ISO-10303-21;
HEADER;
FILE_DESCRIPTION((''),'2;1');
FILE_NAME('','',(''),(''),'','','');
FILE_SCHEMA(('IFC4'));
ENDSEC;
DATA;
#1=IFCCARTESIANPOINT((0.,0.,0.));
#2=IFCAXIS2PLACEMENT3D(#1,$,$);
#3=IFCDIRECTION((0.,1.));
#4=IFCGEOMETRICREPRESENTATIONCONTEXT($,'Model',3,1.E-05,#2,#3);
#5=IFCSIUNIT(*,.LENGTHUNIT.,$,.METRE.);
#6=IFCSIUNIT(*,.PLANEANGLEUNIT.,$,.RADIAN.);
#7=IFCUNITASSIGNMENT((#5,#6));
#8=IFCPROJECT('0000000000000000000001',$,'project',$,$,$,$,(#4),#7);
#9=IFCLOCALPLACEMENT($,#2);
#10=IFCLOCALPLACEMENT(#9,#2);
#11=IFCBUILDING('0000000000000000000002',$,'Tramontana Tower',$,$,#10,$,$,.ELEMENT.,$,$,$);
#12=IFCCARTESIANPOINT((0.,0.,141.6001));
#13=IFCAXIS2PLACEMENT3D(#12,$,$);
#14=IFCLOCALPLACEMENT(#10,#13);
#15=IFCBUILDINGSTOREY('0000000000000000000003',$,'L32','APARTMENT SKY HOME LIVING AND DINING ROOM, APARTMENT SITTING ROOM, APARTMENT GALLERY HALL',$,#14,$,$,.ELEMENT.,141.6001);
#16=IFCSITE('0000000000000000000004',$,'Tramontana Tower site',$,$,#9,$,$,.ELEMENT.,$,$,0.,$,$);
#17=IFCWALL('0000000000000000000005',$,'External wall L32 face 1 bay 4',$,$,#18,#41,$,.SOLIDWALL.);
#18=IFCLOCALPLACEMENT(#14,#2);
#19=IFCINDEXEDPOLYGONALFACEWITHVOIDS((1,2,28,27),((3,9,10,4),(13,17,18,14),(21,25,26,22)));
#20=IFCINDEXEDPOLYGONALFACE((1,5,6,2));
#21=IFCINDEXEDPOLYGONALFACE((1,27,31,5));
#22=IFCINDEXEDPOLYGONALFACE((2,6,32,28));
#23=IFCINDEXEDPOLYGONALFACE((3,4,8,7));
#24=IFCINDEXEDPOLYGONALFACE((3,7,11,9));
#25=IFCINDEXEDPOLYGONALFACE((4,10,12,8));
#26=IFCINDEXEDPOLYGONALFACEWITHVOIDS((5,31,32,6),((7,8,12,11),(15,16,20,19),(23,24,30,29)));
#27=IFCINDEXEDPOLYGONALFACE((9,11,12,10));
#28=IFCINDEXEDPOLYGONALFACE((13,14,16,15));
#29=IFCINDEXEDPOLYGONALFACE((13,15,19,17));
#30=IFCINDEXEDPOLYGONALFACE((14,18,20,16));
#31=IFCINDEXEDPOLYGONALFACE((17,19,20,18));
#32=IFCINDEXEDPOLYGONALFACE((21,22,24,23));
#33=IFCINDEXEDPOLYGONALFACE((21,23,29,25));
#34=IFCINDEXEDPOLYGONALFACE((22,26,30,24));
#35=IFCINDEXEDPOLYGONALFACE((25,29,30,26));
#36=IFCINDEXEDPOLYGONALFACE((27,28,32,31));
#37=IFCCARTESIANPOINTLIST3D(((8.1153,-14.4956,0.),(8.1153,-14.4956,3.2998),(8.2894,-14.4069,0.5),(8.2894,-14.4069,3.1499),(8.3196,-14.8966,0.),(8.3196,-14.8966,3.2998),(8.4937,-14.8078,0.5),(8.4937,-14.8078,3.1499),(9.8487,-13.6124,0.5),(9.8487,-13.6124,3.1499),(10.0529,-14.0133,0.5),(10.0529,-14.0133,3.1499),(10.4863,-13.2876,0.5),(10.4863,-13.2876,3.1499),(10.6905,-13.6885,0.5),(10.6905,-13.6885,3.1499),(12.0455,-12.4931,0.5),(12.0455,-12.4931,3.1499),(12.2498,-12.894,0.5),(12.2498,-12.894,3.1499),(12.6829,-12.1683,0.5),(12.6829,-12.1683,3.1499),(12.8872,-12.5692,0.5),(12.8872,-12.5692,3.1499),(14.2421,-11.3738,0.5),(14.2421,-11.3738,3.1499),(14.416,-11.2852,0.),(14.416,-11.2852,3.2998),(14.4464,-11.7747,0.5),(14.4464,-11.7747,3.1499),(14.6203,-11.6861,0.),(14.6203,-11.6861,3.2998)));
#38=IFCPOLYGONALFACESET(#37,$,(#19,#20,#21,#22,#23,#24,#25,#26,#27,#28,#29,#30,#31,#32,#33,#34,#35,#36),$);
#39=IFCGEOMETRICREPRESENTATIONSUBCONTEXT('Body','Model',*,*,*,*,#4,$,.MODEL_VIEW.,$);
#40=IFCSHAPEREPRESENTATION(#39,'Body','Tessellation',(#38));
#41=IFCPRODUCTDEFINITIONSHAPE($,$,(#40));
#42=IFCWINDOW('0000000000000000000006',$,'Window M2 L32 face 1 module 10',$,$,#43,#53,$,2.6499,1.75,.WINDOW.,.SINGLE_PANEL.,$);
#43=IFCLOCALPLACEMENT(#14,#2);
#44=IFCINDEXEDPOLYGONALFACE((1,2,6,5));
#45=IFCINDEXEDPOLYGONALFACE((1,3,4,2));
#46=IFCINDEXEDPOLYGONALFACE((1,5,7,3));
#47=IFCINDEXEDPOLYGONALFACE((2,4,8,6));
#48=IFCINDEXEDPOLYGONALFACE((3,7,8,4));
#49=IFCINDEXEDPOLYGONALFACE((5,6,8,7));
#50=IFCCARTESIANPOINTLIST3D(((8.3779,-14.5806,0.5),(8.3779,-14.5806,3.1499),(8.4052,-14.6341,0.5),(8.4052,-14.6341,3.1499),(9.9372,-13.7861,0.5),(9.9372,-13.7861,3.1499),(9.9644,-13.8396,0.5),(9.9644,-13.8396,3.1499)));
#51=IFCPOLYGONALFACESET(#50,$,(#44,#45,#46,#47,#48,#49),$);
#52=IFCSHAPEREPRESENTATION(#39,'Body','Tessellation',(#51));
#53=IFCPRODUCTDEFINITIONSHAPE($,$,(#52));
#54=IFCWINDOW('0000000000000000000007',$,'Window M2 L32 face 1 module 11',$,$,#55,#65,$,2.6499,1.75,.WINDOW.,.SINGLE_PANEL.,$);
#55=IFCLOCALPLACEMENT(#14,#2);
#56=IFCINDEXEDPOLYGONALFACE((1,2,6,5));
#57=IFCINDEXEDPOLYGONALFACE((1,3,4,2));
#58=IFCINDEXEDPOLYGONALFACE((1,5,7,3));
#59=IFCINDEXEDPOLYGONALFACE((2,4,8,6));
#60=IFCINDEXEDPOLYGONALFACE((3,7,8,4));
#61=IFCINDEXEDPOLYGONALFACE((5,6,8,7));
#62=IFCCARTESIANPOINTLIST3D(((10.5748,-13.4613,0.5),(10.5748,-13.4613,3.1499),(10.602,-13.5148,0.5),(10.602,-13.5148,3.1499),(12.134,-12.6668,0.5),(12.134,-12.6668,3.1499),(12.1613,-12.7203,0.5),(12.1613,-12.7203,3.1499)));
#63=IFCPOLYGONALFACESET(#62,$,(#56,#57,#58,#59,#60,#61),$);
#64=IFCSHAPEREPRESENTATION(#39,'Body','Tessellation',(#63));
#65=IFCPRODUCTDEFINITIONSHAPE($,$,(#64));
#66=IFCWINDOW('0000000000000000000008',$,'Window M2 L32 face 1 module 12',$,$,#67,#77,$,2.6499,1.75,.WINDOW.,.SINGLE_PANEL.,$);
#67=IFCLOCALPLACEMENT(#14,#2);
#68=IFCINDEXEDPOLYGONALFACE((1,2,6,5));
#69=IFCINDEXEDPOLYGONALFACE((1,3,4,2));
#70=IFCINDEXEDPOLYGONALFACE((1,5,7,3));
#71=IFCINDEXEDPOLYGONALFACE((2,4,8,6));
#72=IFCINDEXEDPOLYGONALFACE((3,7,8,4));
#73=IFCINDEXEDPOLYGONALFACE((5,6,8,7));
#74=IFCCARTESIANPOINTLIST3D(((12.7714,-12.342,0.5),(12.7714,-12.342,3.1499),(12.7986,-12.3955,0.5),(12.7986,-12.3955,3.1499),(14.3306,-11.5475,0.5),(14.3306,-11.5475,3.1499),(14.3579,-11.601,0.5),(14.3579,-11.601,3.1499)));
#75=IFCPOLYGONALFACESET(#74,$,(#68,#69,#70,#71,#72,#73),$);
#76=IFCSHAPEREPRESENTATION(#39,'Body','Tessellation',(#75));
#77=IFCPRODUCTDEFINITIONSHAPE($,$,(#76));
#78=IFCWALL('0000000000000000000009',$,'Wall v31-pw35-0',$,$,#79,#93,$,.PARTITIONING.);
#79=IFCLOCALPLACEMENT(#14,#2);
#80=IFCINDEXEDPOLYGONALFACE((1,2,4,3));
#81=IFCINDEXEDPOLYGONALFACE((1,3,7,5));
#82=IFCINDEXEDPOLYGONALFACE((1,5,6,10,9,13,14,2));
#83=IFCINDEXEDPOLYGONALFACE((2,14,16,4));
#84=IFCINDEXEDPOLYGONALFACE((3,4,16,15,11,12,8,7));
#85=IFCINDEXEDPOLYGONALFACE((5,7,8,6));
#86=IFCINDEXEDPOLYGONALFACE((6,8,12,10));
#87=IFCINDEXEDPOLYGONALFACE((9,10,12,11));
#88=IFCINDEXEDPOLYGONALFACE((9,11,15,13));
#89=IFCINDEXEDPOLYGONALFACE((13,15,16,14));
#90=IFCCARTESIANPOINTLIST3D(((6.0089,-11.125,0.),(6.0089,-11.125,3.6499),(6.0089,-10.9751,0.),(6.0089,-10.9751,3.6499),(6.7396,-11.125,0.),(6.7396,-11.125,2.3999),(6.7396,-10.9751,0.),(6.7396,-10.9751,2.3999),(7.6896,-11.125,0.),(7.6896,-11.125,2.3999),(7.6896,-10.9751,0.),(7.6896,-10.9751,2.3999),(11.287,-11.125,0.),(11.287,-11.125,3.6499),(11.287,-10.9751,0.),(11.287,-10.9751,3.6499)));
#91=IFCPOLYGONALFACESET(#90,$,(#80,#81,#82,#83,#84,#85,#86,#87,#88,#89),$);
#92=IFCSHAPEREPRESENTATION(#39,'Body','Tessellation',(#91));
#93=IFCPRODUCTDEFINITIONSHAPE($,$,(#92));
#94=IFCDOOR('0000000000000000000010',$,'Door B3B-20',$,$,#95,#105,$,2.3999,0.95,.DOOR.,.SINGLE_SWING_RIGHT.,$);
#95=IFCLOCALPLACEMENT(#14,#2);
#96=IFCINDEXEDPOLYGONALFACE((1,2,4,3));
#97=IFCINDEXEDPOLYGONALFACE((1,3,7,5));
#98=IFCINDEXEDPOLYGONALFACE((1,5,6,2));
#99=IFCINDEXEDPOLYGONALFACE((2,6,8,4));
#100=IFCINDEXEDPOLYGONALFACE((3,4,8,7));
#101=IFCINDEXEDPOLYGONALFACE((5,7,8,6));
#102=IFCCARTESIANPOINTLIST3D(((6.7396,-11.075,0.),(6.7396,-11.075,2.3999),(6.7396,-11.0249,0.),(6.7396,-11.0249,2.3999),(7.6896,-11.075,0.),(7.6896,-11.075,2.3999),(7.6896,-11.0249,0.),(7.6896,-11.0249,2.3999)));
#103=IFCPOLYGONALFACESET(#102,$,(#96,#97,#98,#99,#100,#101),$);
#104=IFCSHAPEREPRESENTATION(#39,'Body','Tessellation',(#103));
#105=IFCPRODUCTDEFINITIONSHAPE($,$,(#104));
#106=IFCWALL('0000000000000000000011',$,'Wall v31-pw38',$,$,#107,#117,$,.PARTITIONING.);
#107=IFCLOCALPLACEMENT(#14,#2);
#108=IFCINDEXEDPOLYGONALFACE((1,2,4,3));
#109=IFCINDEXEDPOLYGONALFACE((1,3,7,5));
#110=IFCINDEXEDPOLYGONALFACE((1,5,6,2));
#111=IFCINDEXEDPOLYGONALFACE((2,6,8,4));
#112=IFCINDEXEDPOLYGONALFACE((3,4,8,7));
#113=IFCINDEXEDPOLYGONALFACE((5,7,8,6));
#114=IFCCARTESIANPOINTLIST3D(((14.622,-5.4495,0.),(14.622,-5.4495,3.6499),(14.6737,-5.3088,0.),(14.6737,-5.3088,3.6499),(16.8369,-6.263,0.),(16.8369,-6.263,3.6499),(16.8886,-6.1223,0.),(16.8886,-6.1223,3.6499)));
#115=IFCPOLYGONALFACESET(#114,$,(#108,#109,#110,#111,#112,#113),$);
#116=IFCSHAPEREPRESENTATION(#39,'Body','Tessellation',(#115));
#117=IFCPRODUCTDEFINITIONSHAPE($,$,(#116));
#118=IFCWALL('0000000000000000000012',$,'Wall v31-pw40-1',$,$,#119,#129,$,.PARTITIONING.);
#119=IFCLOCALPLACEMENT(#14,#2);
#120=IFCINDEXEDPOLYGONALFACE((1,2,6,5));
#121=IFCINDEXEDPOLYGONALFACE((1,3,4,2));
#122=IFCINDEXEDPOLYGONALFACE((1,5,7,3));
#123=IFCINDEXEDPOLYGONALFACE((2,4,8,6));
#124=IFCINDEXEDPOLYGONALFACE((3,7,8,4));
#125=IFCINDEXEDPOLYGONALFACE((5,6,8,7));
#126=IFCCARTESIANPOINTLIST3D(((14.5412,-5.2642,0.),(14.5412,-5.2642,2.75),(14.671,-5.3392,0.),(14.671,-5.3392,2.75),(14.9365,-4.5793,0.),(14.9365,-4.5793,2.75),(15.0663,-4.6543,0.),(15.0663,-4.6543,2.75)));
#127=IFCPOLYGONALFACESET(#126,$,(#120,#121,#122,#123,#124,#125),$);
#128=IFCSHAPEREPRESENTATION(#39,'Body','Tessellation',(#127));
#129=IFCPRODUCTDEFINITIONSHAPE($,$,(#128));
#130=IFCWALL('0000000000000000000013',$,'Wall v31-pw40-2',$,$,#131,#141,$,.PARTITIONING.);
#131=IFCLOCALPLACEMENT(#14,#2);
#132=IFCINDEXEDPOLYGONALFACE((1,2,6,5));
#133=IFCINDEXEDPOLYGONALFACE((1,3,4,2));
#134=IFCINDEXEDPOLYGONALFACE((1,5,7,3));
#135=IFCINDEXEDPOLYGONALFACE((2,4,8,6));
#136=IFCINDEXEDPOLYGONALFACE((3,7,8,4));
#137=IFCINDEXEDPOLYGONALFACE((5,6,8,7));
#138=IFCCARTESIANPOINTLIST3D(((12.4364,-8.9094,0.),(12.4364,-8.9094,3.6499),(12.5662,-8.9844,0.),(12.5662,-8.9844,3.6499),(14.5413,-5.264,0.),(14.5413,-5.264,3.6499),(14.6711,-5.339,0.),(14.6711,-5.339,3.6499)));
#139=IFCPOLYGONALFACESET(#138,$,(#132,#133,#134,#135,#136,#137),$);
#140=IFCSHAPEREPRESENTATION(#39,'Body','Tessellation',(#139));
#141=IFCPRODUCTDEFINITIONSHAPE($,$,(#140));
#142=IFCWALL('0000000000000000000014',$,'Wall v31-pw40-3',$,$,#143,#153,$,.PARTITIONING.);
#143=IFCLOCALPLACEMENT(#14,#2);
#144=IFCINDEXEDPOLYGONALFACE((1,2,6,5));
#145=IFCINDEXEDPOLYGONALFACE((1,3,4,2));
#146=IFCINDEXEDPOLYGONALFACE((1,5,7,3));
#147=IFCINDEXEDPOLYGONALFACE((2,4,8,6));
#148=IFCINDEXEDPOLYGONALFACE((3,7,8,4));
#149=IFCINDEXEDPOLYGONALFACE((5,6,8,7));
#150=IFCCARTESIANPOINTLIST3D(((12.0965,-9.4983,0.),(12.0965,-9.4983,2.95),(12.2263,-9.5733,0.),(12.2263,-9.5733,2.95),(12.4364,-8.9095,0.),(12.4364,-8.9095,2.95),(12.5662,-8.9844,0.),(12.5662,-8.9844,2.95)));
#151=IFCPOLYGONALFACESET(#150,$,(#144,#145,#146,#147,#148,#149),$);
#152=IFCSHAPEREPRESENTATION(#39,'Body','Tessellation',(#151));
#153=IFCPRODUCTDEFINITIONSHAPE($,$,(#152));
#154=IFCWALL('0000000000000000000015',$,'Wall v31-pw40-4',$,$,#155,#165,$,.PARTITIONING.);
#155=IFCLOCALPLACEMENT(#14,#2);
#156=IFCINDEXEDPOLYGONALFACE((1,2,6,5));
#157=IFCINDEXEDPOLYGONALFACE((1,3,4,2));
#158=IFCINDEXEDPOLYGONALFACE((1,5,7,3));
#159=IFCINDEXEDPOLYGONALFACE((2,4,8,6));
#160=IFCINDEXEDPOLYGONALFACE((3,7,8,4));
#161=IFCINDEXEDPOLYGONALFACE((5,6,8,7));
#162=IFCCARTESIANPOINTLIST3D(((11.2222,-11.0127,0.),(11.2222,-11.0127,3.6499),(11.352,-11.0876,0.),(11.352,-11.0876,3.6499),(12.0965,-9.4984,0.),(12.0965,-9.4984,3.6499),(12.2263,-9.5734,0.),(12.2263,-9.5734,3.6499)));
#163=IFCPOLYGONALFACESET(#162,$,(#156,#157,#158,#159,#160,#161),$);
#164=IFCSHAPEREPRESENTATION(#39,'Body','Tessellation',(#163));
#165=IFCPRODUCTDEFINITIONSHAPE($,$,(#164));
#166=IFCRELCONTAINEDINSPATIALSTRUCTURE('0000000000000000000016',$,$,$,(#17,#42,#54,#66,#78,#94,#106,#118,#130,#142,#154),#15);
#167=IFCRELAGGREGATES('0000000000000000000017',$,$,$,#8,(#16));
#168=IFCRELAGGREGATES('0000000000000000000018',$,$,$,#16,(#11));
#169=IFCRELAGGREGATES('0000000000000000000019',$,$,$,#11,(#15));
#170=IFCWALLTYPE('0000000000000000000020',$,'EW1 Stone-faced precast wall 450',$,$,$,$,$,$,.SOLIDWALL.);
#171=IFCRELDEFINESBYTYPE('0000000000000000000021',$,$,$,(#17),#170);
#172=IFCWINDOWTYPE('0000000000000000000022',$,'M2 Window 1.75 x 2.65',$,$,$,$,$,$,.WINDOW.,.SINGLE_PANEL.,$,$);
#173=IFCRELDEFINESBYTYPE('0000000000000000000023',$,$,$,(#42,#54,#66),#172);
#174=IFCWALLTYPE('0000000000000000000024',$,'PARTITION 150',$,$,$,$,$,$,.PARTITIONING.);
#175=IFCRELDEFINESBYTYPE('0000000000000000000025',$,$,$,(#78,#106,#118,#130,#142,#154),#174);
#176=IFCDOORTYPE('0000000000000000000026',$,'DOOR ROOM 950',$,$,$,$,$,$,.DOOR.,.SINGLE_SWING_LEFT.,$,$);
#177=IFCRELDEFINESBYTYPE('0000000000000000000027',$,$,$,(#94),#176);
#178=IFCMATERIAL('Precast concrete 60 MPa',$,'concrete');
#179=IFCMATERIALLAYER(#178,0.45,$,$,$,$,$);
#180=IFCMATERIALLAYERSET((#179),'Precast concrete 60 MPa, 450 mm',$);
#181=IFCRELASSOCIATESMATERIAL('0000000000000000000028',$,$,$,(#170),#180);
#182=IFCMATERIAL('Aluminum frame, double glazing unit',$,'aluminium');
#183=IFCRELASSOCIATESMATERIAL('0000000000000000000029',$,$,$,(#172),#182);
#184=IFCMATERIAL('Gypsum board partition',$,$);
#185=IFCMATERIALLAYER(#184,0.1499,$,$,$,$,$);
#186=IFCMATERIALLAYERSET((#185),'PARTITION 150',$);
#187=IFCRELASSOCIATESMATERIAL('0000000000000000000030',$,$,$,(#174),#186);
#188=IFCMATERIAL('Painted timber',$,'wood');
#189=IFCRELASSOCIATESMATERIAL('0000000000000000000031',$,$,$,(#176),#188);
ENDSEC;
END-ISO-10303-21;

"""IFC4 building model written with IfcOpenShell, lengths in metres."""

from ifc_helpers import new_model, si_unit, direction, frame, frame_2d, origin, place, context, subcontext, project, spatial, rectangle, extrude, material, layer, layer_set, type_object, element, fill, save


model = new_model("IFC4")

# Units and contexts
model_context = context("Model", 3, precision=1e-05, world=origin(), true_north=direction((0.0, 1.0)))
body_context = subcontext(model_context, "Body", "Model", "MODEL_VIEW")
ifc_project = project(units=[si_unit("LENGTHUNIT", "METRE"), si_unit("PLANEANGLEUNIT", "RADIAN")], contexts=[model_context])

# Site, building, storey
site_placement = place(None, origin())
site = spatial("IfcSite", under=ifc_project, at=site_placement, Name="Tramontana Tower site", CompositionType="ELEMENT", RefElevation=0.0)
building_placement = place(site_placement, origin())
building = spatial("IfcBuilding", under=site, at=building_placement, Name="Tramontana Tower", CompositionType="ELEMENT")
storey_placement = place(building_placement, frame((0.0, 0.0, 141.6001)))
storey = spatial("IfcBuildingStorey", under=building, at=storey_placement, Name="L32", Description="APARTMENT SKY HOME LIVING AND DINING ROOM, APARTMENT SITTING ROOM, APARTMENT GALLERY HALL", CompositionType="ELEMENT", Elevation=141.6001)

# Wall, openings, windows
ifc_material_1 = material(Name="Precast concrete 60 MPa", Category="concrete")
ifc_layer_1 = layer(ifc_material_1, 0.45)
ifc_layer_set_1 = layer_set([ifc_layer_1], Name="Precast concrete 60 MPa, 450 mm")
wall_type_1 = type_object("IfcWallType", Name="EW1 Stone-faced precast wall 450", PredefinedType="SOLIDWALL", material=ifc_layer_set_1)
wall_1_placement = place(storey_placement, frame((8.2175, -14.696, 0.0), z_axis=(0.0, 0.0, 1.0), x_axis=(0.891004, 0.453995, 0.0)))
wall_1 = element("IfcWall", 1, at=wall_1_placement, inside=storey, type_object=wall_type_1, Name="External wall L32 face 1 bay 4", PredefinedType="SOLIDWALL", context=body_context, shape_type="SweptSolid", body=[
    extrude(rectangle(XDim=7.0715, YDim=0.45, at=frame_2d((3.5356, 0.0))), origin(), (0.0, 0.0, 1.0), 3.2998),
])
opening_1_placement = place(wall_1_placement, frame((0.1953, 0.0, 0.5)))
opening_1 = element("IfcOpeningElement", 2, at=opening_1_placement, cuts=wall_1, PredefinedType="OPENING", context=body_context, shape_type="SweptSolid", body=[
    extrude(rectangle(XDim=1.75, YDim=2.6499, at=frame_2d((0.875, 1.325))), frame((0.0, 0.2349, 0.0), z_axis=(0.0, -1.0, 0.0), x_axis=(1.0, 0.0, 0.0)), (0.0, 0.0, 1.0), 0.47),
])
opening_2_placement = place(wall_1_placement, frame((2.6609, 0.0, 0.5)))
opening_2 = element("IfcOpeningElement", 3, at=opening_2_placement, cuts=wall_1, PredefinedType="OPENING", context=body_context, shape_type="SweptSolid", body=[
    extrude(rectangle(XDim=1.75, YDim=2.6499, at=frame_2d((0.875, 1.325))), frame((0.0, 0.2349, 0.0), z_axis=(0.0, -1.0, 0.0), x_axis=(1.0, 0.0, 0.0)), (0.0, 0.0, 1.0), 0.47),
])
opening_3_placement = place(wall_1_placement, frame((5.1262, 0.0, 0.5)))
opening_3 = element("IfcOpeningElement", 4, at=opening_3_placement, cuts=wall_1, PredefinedType="OPENING", context=body_context, shape_type="SweptSolid", body=[
    extrude(rectangle(XDim=1.75, YDim=2.6499, at=frame_2d((0.875, 1.325))), frame((0.0, 0.2349, 0.0), z_axis=(0.0, -1.0, 0.0), x_axis=(1.0, 0.0, 0.0)), (0.0, 0.0, 1.0), 0.47),
])
ifc_material_2 = material(Name="Aluminum frame, double glazing unit", Category="aluminium")
window_type = type_object("IfcWindowType", Name="M2 Window 1.75 x 2.65", PartitioningType="SINGLE_PANEL", PredefinedType="WINDOW", material=ifc_material_2)
window_1_placement = place(opening_1_placement, origin())
window_1 = element("IfcWindow", 5, at=window_1_placement, inside=storey, type_object=window_type, Name="Window M2 L32 face 1 module 10", OverallHeight=2.6499, OverallWidth=1.75, PartitioningType="SINGLE_PANEL", PredefinedType="WINDOW", context=body_context, shape_type="SweptSolid", body=[
    extrude(rectangle(XDim=1.75, YDim=2.6499, at=frame_2d((0.875, 1.325))), frame((0.0, 0.03, 0.0), z_axis=(0.0, -1.0, 0.0), x_axis=(1.0, 0.0, 0.0)), (0.0, 0.0, 1.0), 0.0601),
])
fill(opening_1, window_1)
window_2_placement = place(opening_2_placement, origin())
window_2 = element("IfcWindow", 6, at=window_2_placement, inside=storey, type_object=window_type, Name="Window M2 L32 face 1 module 11", OverallHeight=2.6499, OverallWidth=1.75, PartitioningType="SINGLE_PANEL", PredefinedType="WINDOW", context=body_context, shape_type="SweptSolid", body=[
    extrude(rectangle(XDim=1.75, YDim=2.6499, at=frame_2d((0.875, 1.325))), frame((0.0, 0.03, 0.0), z_axis=(0.0, -1.0, 0.0), x_axis=(1.0, 0.0, 0.0)), (0.0, 0.0, 1.0), 0.0601),
])
fill(opening_2, window_2)
window_3_placement = place(opening_3_placement, origin())
window_3 = element("IfcWindow", 7, at=window_3_placement, inside=storey, type_object=window_type, Name="Window M2 L32 face 1 module 12", OverallHeight=2.6499, OverallWidth=1.75, PartitioningType="SINGLE_PANEL", PredefinedType="WINDOW", context=body_context, shape_type="SweptSolid", body=[
    extrude(rectangle(XDim=1.75, YDim=2.6499, at=frame_2d((0.875, 1.325))), frame((0.0, 0.03, 0.0), z_axis=(0.0, -1.0, 0.0), x_axis=(1.0, 0.0, 0.0)), (0.0, 0.0, 1.0), 0.0601),
])
fill(opening_3, window_3)

# Wall, opening, door
ifc_material_3 = material(Name="Gypsum board partition")
ifc_layer_2 = layer(ifc_material_3, 0.1499)
ifc_layer_set_2 = layer_set([ifc_layer_2], Name="PARTITION 150")
wall_type_2 = type_object("IfcWallType", Name="PARTITION 150", PredefinedType="PARTITIONING", material=ifc_layer_set_2)
ifc_material_4 = material(Name="Painted timber", Category="wood")
door_type_1 = type_object("IfcDoorType", Name="DOOR ROOM 950", OperationType="SINGLE_SWING_LEFT", PredefinedType="DOOR", material=ifc_material_4)
wall_2_placement = place(storey_placement, frame((11.2871, -11.05, 0.0), z_axis=(0.0, 0.0, 1.0), x_axis=(-1.0, 0.0, 0.0)))
wall_2 = element("IfcWall", 8, at=wall_2_placement, inside=storey, type_object=wall_type_2, Name="Wall v31-pw35-0", PredefinedType="PARTITIONING", context=body_context, shape_type="SweptSolid", body=[
    extrude(rectangle(XDim=5.2781, YDim=0.1499, at=frame_2d((2.6392, 0.0))), origin(), (0.0, 0.0, 1.0), 3.6499),
])
opening_4_placement = place(wall_2_placement, frame((3.5974, 0.0, 0.0)))
opening_4 = element("IfcOpeningElement", 9, at=opening_4_placement, cuts=wall_2, PredefinedType="OPENING", context=body_context, shape_type="SweptSolid", body=[
    extrude(rectangle(XDim=0.95, YDim=2.3999, at=frame_2d((0.4751, 1.2))), frame((0.0, 0.085, 0.0), z_axis=(0.0, -1.0, 0.0), x_axis=(1.0, 0.0, 0.0)), (0.0, 0.0, 1.0), 0.1699),
])
door_1_placement = place(opening_4_placement, origin())
door_1 = element("IfcDoor", 10, at=door_1_placement, inside=storey, type_object=door_type_1, Name="Door B3B-20", OperationType="SINGLE_SWING_RIGHT", OverallHeight=2.3999, OverallWidth=0.95, PredefinedType="DOOR", context=body_context, shape_type="SweptSolid", body=[
    extrude(rectangle(XDim=0.95, YDim=2.3999, at=frame_2d((0.4751, 1.2))), frame((0.0, 0.0249, 0.0), z_axis=(0.0, -1.0, 0.0), x_axis=(1.0, 0.0, 0.0)), (0.0, 0.0, 1.0), 0.05),
])
fill(opening_4, door_1)

# Walls
wall_3_placement = place(storey_placement, frame((14.6479, -5.3792, 0.0), z_axis=(0.0, 0.0, 1.0), x_axis=(0.938689, -0.344765, 0.0)))
element("IfcWall", 11, at=wall_3_placement, inside=storey, type_object=wall_type_2, Name="Wall v31-pw38", PredefinedType="PARTITIONING", context=body_context, shape_type="SweptSolid", body=[
    extrude(rectangle(XDim=2.3596, YDim=0.1499, at=frame_2d((1.1797, 0.0))), origin(), (0.0, 0.0, 1.0), 3.6499),
])
wall_4_placement = place(storey_placement, frame((15.0015, -4.6167, 0.0), z_axis=(0.0, 0.0, 1.0), x_axis=(-0.499892, -0.866088, 0.0)))
element("IfcWall", 12, at=wall_4_placement, inside=storey, type_object=wall_type_2, Name="Wall v31-pw40-1", PredefinedType="PARTITIONING", context=body_context, shape_type="SweptSolid", body=[
    extrude(rectangle(XDim=0.7908, YDim=0.1499, at=frame_2d((0.3955, 0.0))), origin(), (0.0, 0.0, 1.0), 2.75),
])
wall_5_placement = place(storey_placement, frame((14.6062, -5.3015, 0.0), z_axis=(0.0, 0.0, 1.0), x_axis=(-0.500044, -0.866, 0.0)))
element("IfcWall", 13, at=wall_5_placement, inside=storey, type_object=wall_type_2, Name="Wall v31-pw40-2", PredefinedType="PARTITIONING", context=body_context, shape_type="SweptSolid", body=[
    extrude(rectangle(XDim=4.2095, YDim=0.1499, at=frame_2d((2.1047, 0.0))), origin(), (0.0, 0.0, 1.0), 3.6499),
])
wall_6_placement = place(storey_placement, frame((12.5012, -8.947, 0.0), z_axis=(0.0, 0.0, 1.0), x_axis=(-0.499847, -0.866114, 0.0)))
element("IfcWall", 14, at=wall_6_placement, inside=storey, type_object=wall_type_2, Name="Wall v31-pw40-3", PredefinedType="PARTITIONING", context=body_context, shape_type="SweptSolid", body=[
    extrude(rectangle(XDim=0.6799, YDim=0.1499, at=frame_2d((0.3398, 0.0))), origin(), (0.0, 0.0, 1.0), 2.95),
])
wall_7_placement = place(storey_placement, frame((12.1614, -9.5359, 0.0), z_axis=(0.0, 0.0, 1.0), x_axis=(-0.500029, -0.866009, 0.0)))
element("IfcWall", 15, at=wall_7_placement, inside=storey, type_object=wall_type_2, Name="Wall v31-pw40-4", PredefinedType="PARTITIONING", context=body_context, shape_type="SweptSolid", body=[
    extrude(rectangle(XDim=1.7485, YDim=0.1499, at=frame_2d((0.8743, 0.0))), origin(), (0.0, 0.0, 1.0), 3.6499),
])

save(model, "model.ifc")
